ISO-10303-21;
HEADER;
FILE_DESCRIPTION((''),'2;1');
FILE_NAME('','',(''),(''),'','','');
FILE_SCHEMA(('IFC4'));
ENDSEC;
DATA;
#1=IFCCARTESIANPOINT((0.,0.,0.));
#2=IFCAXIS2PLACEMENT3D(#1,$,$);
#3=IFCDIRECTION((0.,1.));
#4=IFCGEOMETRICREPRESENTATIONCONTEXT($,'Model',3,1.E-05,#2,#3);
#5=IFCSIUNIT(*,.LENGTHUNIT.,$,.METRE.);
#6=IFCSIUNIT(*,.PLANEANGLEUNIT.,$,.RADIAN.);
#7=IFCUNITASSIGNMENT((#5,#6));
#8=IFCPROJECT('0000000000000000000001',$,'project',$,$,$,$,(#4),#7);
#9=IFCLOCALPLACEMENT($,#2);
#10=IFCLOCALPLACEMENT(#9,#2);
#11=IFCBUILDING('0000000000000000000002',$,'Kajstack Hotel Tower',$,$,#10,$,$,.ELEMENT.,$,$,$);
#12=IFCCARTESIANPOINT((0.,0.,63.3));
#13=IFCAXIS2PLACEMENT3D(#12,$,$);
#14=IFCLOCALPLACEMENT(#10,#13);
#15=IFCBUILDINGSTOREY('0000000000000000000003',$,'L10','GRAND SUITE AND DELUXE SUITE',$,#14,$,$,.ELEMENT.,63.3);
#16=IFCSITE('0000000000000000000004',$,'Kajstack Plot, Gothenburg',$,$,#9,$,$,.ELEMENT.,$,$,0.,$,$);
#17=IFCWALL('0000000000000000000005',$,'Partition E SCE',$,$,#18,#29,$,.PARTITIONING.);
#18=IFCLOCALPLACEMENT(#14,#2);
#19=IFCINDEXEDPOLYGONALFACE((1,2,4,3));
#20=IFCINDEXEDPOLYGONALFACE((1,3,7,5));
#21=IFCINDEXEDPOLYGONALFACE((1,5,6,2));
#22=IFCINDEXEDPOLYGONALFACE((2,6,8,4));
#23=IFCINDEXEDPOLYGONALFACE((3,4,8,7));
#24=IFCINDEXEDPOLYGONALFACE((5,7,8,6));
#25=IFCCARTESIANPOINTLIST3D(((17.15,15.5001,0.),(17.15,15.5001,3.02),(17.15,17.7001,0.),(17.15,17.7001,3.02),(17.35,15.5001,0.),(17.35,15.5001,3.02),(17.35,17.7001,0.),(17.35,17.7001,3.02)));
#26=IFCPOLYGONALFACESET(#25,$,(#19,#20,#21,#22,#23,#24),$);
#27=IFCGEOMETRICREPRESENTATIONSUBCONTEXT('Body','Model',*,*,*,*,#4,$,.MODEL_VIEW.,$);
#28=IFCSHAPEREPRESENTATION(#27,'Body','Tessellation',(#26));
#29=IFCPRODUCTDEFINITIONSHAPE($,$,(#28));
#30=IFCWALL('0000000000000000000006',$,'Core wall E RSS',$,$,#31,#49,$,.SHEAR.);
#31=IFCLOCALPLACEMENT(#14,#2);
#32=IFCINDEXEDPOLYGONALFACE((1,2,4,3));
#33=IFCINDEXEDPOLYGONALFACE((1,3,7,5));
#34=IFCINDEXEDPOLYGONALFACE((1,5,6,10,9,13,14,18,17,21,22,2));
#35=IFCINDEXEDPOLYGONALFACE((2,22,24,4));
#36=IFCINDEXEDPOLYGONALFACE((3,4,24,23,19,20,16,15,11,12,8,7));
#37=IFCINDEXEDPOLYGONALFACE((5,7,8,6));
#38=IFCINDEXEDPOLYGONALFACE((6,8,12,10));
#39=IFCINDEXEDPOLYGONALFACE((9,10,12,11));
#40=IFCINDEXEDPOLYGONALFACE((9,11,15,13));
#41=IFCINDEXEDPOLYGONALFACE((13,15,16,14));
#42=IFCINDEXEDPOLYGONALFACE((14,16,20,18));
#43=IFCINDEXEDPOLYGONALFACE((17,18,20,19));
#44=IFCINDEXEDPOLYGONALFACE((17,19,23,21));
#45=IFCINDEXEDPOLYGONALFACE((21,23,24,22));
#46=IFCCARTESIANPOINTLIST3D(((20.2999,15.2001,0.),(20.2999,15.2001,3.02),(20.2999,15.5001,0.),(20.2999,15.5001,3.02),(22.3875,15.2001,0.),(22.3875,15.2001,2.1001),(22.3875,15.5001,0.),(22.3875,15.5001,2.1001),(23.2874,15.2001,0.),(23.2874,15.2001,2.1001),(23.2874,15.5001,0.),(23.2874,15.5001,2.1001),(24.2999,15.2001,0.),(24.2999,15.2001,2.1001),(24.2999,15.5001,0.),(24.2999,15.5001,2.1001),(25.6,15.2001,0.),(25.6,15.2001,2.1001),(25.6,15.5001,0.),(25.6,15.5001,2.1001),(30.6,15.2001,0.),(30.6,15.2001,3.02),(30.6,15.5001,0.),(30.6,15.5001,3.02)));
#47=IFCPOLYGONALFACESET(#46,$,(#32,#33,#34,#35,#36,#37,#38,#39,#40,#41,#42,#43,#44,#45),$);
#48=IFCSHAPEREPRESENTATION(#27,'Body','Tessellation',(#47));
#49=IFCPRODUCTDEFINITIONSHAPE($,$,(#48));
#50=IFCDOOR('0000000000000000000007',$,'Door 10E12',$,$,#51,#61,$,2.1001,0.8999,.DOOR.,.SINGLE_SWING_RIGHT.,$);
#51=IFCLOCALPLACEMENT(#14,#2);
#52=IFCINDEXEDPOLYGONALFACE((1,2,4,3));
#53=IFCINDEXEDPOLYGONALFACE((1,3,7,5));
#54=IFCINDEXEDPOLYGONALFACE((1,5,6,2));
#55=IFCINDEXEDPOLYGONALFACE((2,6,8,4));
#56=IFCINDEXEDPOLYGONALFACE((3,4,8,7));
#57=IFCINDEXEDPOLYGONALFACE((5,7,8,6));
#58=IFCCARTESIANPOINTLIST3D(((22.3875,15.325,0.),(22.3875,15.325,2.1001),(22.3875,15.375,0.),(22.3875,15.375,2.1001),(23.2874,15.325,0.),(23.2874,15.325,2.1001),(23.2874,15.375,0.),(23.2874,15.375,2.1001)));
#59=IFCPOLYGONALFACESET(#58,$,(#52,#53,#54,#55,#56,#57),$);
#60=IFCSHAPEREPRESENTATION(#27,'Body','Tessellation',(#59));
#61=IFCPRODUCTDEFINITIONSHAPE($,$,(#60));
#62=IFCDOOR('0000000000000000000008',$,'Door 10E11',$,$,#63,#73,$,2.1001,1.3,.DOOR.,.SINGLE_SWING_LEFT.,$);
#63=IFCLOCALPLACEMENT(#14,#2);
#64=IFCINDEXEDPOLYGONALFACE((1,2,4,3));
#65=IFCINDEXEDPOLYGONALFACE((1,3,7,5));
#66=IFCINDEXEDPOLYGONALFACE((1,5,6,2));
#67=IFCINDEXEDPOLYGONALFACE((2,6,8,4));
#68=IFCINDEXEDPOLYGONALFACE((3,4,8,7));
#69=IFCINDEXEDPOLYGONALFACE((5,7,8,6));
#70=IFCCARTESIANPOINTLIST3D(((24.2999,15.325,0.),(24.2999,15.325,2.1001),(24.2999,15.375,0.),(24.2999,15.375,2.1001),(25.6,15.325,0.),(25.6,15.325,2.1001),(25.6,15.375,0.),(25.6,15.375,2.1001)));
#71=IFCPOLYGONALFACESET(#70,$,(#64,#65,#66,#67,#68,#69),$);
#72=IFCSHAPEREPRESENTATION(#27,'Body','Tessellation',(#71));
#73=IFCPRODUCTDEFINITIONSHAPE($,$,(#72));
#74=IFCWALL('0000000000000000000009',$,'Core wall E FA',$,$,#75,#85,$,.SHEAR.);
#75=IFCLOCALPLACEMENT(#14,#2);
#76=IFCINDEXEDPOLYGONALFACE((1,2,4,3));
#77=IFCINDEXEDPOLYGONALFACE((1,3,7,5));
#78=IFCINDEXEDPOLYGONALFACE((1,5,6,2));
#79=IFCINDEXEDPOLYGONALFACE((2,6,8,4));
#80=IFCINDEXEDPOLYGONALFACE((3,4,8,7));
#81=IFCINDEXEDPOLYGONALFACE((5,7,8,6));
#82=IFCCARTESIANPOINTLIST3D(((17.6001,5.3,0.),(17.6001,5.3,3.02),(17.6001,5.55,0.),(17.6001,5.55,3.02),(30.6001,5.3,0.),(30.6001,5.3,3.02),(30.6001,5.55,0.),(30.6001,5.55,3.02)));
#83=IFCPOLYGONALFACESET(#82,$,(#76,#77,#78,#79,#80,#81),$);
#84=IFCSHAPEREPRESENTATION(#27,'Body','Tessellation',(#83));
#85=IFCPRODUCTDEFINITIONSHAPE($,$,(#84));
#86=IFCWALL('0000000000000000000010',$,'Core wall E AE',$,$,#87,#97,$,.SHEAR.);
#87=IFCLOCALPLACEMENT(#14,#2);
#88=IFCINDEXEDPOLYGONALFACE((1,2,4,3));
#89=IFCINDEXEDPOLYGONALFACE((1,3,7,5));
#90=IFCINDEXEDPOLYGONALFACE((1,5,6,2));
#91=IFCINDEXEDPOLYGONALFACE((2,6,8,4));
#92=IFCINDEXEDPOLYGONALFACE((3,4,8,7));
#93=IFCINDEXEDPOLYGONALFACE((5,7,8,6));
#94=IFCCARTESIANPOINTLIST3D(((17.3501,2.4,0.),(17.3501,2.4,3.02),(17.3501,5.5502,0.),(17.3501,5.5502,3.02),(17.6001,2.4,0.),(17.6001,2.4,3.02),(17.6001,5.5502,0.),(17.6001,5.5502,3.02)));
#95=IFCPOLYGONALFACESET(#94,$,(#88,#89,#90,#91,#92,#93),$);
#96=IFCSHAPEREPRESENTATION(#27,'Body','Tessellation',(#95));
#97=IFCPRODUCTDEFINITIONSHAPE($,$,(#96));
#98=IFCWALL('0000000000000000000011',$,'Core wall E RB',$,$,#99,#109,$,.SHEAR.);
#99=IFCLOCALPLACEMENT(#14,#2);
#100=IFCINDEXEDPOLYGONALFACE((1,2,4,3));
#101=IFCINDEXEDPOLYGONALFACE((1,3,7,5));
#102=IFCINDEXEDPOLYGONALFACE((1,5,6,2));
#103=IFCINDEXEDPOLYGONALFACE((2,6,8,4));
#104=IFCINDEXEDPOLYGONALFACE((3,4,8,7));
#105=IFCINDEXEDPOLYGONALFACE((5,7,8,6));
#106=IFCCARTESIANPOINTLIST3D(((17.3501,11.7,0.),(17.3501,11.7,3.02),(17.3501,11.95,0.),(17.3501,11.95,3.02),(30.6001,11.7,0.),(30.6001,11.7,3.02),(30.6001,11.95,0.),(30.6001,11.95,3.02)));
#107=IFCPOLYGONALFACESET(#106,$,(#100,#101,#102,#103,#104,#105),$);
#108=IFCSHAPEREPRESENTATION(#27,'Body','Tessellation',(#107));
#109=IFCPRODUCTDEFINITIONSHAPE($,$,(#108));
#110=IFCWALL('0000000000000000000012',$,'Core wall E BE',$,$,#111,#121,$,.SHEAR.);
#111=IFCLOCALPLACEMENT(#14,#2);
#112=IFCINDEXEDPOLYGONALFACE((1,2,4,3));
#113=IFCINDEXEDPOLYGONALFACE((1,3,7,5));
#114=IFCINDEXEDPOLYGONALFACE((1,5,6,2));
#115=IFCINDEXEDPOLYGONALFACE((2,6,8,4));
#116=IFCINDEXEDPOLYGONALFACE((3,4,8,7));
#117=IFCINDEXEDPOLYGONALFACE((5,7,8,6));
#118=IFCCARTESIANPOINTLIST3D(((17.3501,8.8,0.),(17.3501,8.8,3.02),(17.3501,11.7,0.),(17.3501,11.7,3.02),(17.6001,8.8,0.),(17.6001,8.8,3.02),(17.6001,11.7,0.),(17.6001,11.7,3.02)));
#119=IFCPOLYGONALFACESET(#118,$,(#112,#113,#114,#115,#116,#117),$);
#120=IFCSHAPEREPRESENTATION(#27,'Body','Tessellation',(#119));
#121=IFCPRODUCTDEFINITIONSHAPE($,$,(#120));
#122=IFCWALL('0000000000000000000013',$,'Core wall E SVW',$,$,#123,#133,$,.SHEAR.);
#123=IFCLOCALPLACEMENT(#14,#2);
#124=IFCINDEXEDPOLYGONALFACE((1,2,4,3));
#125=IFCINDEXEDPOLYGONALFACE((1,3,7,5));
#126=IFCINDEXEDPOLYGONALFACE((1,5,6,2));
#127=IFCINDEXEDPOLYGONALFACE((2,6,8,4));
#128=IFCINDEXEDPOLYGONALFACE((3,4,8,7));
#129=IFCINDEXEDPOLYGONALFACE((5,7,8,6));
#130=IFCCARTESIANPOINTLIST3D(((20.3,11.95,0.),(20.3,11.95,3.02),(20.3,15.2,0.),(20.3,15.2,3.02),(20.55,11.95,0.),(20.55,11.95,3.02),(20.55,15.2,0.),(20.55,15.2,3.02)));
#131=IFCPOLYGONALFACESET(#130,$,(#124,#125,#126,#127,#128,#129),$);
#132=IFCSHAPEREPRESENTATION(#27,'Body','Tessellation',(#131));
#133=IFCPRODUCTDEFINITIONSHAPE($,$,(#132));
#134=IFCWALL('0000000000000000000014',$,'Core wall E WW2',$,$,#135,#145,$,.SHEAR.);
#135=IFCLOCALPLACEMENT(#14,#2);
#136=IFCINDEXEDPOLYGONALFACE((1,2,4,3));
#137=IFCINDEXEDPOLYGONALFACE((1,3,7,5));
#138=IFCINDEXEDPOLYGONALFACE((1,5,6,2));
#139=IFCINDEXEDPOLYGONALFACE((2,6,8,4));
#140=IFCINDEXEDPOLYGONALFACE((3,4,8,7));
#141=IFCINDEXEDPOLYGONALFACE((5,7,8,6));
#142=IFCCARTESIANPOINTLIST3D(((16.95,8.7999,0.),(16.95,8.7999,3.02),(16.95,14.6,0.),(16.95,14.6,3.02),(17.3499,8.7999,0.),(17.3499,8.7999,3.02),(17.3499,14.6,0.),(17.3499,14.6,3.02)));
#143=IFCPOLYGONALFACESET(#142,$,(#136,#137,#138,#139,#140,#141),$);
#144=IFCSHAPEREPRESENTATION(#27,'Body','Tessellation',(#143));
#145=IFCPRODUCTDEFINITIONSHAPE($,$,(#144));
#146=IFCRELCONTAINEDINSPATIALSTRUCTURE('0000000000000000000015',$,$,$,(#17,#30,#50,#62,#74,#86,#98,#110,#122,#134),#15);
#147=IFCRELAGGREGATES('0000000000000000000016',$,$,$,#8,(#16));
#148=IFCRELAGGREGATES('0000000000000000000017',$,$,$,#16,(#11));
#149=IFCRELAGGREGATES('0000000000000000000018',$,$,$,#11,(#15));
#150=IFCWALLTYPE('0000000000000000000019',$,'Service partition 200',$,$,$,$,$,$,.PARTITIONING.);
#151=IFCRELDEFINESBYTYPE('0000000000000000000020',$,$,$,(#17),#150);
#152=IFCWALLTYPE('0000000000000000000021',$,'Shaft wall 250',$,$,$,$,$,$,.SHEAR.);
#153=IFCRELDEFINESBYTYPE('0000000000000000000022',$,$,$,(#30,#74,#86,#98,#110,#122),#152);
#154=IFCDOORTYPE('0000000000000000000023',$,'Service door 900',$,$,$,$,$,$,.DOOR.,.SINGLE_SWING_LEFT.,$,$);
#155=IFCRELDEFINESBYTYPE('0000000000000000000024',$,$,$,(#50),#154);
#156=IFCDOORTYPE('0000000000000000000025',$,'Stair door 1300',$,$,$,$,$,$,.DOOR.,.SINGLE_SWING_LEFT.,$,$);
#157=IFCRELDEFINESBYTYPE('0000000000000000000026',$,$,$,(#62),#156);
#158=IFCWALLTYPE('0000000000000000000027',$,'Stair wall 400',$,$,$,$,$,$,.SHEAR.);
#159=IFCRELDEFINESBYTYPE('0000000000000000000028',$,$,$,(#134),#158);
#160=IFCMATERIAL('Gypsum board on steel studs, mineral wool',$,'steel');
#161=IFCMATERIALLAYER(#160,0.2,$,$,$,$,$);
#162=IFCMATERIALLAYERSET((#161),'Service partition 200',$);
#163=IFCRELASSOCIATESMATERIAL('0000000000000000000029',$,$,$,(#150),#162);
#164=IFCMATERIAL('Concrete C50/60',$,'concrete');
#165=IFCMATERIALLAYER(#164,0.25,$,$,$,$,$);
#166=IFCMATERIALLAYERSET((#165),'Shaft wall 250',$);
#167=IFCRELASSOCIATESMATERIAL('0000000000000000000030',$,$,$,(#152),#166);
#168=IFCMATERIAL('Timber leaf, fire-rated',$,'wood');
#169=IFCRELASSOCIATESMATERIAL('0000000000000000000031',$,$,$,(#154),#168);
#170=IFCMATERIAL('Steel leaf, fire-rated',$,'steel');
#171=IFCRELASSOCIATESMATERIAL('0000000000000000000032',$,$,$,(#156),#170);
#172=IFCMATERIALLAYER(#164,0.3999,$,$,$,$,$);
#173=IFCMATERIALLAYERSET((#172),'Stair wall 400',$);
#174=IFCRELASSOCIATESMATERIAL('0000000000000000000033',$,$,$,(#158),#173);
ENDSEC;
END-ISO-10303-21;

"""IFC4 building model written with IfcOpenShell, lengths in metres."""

from ifc_helpers import new_model, si_unit, direction, frame, frame_2d, origin, place, context, subcontext, project, spatial, rectangle, extrude, material, layer, layer_set, type_object, element, fill, save


model = new_model("IFC4")

# Units and contexts
model_context = context("Model", 3, precision=1e-05, world=origin(), true_north=direction((0.0, 1.0)))
body_context = subcontext(model_context, "Body", "Model", "MODEL_VIEW")
ifc_project = project(units=[si_unit("LENGTHUNIT", "METRE"), si_unit("PLANEANGLEUNIT", "RADIAN")], contexts=[model_context])

# Site, building, storey
site_placement = place(None, origin())
site = spatial("IfcSite", under=ifc_project, at=site_placement, Name="Kajstack Plot, Gothenburg", CompositionType="ELEMENT", RefElevation=0.0)
building_placement = place(site_placement, origin())
building = spatial("IfcBuilding", under=site, at=building_placement, Name="Kajstack Hotel Tower", CompositionType="ELEMENT")
storey_placement = place(building_placement, frame((0.0, 0.0, 63.3)))
storey = spatial("IfcBuildingStorey", under=building, at=storey_placement, Name="L10", Description="GRAND SUITE AND DELUXE SUITE", CompositionType="ELEMENT", Elevation=63.3)

# Wall
ifc_material_1 = material(Name="Gypsum board on steel studs, mineral wool", Category="steel")
ifc_layer_1 = layer(ifc_material_1, 0.2)
ifc_layer_set_1 = layer_set([ifc_layer_1], Name="Service partition 200")
wall_type_1 = type_object("IfcWallType", Name="Service partition 200", PredefinedType="PARTITIONING", material=ifc_layer_set_1)
wall_1_placement = place(storey_placement, frame((17.25, 15.5, 0.0), z_axis=(0.0, 0.0, 1.0), x_axis=(0.0, 1.0, 0.0)))
element("IfcWall", 1, at=wall_1_placement, inside=storey, type_object=wall_type_1, Name="Partition E SCE", PredefinedType="PARTITIONING", context=body_context, shape_type="SweptSolid", body=[
    extrude(rectangle(XDim=2.2, YDim=0.2, at=frame_2d((1.1001, 0.0))), origin(), (0.0, 0.0, 1.0), 3.02),
])

# Wall, openings, doors
ifc_material_2 = material(Name="Concrete C50/60", Category="concrete")
ifc_layer_2 = layer(ifc_material_2, 0.25)
ifc_layer_set_2 = layer_set([ifc_layer_2], Name="Shaft wall 250")
wall_type_2 = type_object("IfcWallType", Name="Shaft wall 250", PredefinedType="SHEAR", material=ifc_layer_set_2)
wall_2_placement = place(storey_placement, frame((20.3, 15.3501, 0.0), z_axis=(0.0, 0.0, 1.0), x_axis=(1.0, 0.0, 0.0)))
wall_2 = element("IfcWall", 2, at=wall_2_placement, inside=storey, type_object=wall_type_2, Name="Core wall E RSS", PredefinedType="SHEAR", context=body_context, shape_type="SweptSolid", body=[
    extrude(rectangle(XDim=10.3, YDim=0.3, at=frame_2d((5.1499, 0.0))), origin(), (0.0, 0.0, 1.0), 3.02),
])
opening_1_placement = place(wall_2_placement, frame((4.0, 0.0, 0.0)))
opening_1 = element("IfcOpeningElement", 3, at=opening_1_placement, cuts=wall_2, PredefinedType="OPENING", context=body_context, shape_type="SweptSolid", body=[
    extrude(rectangle(XDim=1.3, YDim=2.1001, at=frame_2d((0.6499, 1.05))), frame((0.0, 0.1599, 0.0), z_axis=(0.0, -1.0, 0.0), x_axis=(1.0, 0.0, 0.0)), (0.0, 0.0, 1.0), 0.3201),
])
opening_2_placement = place(wall_2_placement, frame((2.0874, 0.0, 0.0)))
opening_2 = element("IfcOpeningElement", 4, at=opening_2_placement, cuts=wall_2, PredefinedType="OPENING", context=body_context, shape_type="SweptSolid", body=[
    extrude(rectangle(XDim=0.8999, YDim=2.1001, at=frame_2d((0.45, 1.05))), frame((0.0, 0.1599, 0.0), z_axis=(0.0, -1.0, 0.0), x_axis=(1.0, 0.0, 0.0)), (0.0, 0.0, 1.0), 0.3201),
])
ifc_material_3 = material(Name="Timber leaf, fire-rated", Category="wood")
door_type_1 = type_object("IfcDoorType", Name="Service door 900", OperationType="SINGLE_SWING_LEFT", PredefinedType="DOOR", material=ifc_material_3)
door_1_placement = place(opening_2_placement, origin())
door_1 = element("IfcDoor", 5, at=door_1_placement, inside=storey, type_object=door_type_1, Name="Door 10E12", OperationType="SINGLE_SWING_RIGHT", OverallHeight=2.1001, OverallWidth=0.8999, PredefinedType="DOOR", context=body_context, shape_type="SweptSolid", body=[
    extrude(rectangle(XDim=0.8999, YDim=2.1001, at=frame_2d((0.45, 1.05))), frame((0.0, 0.0249, 0.0), z_axis=(0.0, -1.0, 0.0), x_axis=(1.0, 0.0, 0.0)), (0.0, 0.0, 1.0), 0.05),
])
fill(opening_2, door_1)
ifc_material_4 = material(Name="Steel leaf, fire-rated", Category="steel")
door_type_2 = type_object("IfcDoorType", Name="Stair door 1300", OperationType="SINGLE_SWING_LEFT", PredefinedType="DOOR", material=ifc_material_4)
door_2_placement = place(opening_1_placement, origin())
door_2 = element("IfcDoor", 6, at=door_2_placement, inside=storey, type_object=door_type_2, Name="Door 10E11", OperationType="SINGLE_SWING_LEFT", OverallHeight=2.1001, OverallWidth=1.3, PredefinedType="DOOR", context=body_context, shape_type="SweptSolid", body=[
    extrude(rectangle(XDim=1.3, YDim=2.1001, at=frame_2d((0.6499, 1.05))), frame((0.0, 0.0249, 0.0), z_axis=(0.0, -1.0, 0.0), x_axis=(1.0, 0.0, 0.0)), (0.0, 0.0, 1.0), 0.05),
])
fill(opening_1, door_2)

# Walls
wall_3_placement = place(storey_placement, frame((17.6001, 5.425, 0.0), z_axis=(0.0, 0.0, 1.0), x_axis=(1.0, 0.0, 0.0)))
element("IfcWall", 7, at=wall_3_placement, inside=storey, type_object=wall_type_2, Name="Core wall E FA", PredefinedType="SHEAR", context=body_context, shape_type="SweptSolid", body=[
    extrude(rectangle(XDim=13.0, YDim=0.25, at=frame_2d((6.5, 0.0))), origin(), (0.0, 0.0, 1.0), 3.02),
])
wall_4_placement = place(storey_placement, frame((17.4751, 2.3999, 0.0), z_axis=(0.0, 0.0, 1.0), x_axis=(0.0, 1.0, 0.0)))
element("IfcWall", 8, at=wall_4_placement, inside=storey, type_object=wall_type_2, Name="Core wall E AE", PredefinedType="SHEAR", context=body_context, shape_type="SweptSolid", body=[
    extrude(rectangle(XDim=3.1501, YDim=0.25, at=frame_2d((1.5752, 0.0))), origin(), (0.0, 0.0, 1.0), 3.02),
])
wall_5_placement = place(storey_placement, frame((17.3501, 11.825, 0.0), z_axis=(0.0, 0.0, 1.0), x_axis=(1.0, 0.0, 0.0)))
element("IfcWall", 9, at=wall_5_placement, inside=storey, type_object=wall_type_2, Name="Core wall E RB", PredefinedType="SHEAR", context=body_context, shape_type="SweptSolid", body=[
    extrude(rectangle(XDim=13.25, YDim=0.25, at=frame_2d((6.625, 0.0))), origin(), (0.0, 0.0, 1.0), 3.02),
])
wall_6_placement = place(storey_placement, frame((17.4751, 8.8, 0.0), z_axis=(0.0, 0.0, 1.0), x_axis=(0.0, 1.0, 0.0)))
element("IfcWall", 10, at=wall_6_placement, inside=storey, type_object=wall_type_2, Name="Core wall E BE", PredefinedType="SHEAR", context=body_context, shape_type="SweptSolid", body=[
    extrude(rectangle(XDim=2.8999, YDim=0.25, at=frame_2d((1.45, 0.0))), origin(), (0.0, 0.0, 1.0), 3.02),
])
wall_7_placement = place(storey_placement, frame((20.425, 11.95, 0.0), z_axis=(0.0, 0.0, 1.0), x_axis=(0.0, 1.0, 0.0)))
element("IfcWall", 11, at=wall_7_placement, inside=storey, type_object=wall_type_2, Name="Core wall E SVW", PredefinedType="SHEAR", context=body_context, shape_type="SweptSolid", body=[
    extrude(rectangle(XDim=3.25, YDim=0.25, at=frame_2d((1.625, 0.0))), origin(), (0.0, 0.0, 1.0), 3.02),
])
ifc_layer_3 = layer(ifc_material_2, 0.3999)
ifc_layer_set_3 = layer_set([ifc_layer_3], Name="Stair wall 400")
wall_type_3 = type_object("IfcWallType", Name="Stair wall 400", PredefinedType="SHEAR", material=ifc_layer_set_3)
wall_8_placement = place(storey_placement, frame((17.1499, 8.8, 0.0), z_axis=(0.0, 0.0, 1.0), x_axis=(0.0, 1.0, 0.0)))
element("IfcWall", 12, at=wall_8_placement, inside=storey, type_object=wall_type_3, Name="Core wall E WW2", PredefinedType="SHEAR", context=body_context, shape_type="SweptSolid", body=[
    extrude(rectangle(XDim=5.8, YDim=0.3999, at=frame_2d((2.8999, 0.0))), origin(), (0.0, 0.0, 1.0), 3.02),
])

save(model, "model.ifc")
